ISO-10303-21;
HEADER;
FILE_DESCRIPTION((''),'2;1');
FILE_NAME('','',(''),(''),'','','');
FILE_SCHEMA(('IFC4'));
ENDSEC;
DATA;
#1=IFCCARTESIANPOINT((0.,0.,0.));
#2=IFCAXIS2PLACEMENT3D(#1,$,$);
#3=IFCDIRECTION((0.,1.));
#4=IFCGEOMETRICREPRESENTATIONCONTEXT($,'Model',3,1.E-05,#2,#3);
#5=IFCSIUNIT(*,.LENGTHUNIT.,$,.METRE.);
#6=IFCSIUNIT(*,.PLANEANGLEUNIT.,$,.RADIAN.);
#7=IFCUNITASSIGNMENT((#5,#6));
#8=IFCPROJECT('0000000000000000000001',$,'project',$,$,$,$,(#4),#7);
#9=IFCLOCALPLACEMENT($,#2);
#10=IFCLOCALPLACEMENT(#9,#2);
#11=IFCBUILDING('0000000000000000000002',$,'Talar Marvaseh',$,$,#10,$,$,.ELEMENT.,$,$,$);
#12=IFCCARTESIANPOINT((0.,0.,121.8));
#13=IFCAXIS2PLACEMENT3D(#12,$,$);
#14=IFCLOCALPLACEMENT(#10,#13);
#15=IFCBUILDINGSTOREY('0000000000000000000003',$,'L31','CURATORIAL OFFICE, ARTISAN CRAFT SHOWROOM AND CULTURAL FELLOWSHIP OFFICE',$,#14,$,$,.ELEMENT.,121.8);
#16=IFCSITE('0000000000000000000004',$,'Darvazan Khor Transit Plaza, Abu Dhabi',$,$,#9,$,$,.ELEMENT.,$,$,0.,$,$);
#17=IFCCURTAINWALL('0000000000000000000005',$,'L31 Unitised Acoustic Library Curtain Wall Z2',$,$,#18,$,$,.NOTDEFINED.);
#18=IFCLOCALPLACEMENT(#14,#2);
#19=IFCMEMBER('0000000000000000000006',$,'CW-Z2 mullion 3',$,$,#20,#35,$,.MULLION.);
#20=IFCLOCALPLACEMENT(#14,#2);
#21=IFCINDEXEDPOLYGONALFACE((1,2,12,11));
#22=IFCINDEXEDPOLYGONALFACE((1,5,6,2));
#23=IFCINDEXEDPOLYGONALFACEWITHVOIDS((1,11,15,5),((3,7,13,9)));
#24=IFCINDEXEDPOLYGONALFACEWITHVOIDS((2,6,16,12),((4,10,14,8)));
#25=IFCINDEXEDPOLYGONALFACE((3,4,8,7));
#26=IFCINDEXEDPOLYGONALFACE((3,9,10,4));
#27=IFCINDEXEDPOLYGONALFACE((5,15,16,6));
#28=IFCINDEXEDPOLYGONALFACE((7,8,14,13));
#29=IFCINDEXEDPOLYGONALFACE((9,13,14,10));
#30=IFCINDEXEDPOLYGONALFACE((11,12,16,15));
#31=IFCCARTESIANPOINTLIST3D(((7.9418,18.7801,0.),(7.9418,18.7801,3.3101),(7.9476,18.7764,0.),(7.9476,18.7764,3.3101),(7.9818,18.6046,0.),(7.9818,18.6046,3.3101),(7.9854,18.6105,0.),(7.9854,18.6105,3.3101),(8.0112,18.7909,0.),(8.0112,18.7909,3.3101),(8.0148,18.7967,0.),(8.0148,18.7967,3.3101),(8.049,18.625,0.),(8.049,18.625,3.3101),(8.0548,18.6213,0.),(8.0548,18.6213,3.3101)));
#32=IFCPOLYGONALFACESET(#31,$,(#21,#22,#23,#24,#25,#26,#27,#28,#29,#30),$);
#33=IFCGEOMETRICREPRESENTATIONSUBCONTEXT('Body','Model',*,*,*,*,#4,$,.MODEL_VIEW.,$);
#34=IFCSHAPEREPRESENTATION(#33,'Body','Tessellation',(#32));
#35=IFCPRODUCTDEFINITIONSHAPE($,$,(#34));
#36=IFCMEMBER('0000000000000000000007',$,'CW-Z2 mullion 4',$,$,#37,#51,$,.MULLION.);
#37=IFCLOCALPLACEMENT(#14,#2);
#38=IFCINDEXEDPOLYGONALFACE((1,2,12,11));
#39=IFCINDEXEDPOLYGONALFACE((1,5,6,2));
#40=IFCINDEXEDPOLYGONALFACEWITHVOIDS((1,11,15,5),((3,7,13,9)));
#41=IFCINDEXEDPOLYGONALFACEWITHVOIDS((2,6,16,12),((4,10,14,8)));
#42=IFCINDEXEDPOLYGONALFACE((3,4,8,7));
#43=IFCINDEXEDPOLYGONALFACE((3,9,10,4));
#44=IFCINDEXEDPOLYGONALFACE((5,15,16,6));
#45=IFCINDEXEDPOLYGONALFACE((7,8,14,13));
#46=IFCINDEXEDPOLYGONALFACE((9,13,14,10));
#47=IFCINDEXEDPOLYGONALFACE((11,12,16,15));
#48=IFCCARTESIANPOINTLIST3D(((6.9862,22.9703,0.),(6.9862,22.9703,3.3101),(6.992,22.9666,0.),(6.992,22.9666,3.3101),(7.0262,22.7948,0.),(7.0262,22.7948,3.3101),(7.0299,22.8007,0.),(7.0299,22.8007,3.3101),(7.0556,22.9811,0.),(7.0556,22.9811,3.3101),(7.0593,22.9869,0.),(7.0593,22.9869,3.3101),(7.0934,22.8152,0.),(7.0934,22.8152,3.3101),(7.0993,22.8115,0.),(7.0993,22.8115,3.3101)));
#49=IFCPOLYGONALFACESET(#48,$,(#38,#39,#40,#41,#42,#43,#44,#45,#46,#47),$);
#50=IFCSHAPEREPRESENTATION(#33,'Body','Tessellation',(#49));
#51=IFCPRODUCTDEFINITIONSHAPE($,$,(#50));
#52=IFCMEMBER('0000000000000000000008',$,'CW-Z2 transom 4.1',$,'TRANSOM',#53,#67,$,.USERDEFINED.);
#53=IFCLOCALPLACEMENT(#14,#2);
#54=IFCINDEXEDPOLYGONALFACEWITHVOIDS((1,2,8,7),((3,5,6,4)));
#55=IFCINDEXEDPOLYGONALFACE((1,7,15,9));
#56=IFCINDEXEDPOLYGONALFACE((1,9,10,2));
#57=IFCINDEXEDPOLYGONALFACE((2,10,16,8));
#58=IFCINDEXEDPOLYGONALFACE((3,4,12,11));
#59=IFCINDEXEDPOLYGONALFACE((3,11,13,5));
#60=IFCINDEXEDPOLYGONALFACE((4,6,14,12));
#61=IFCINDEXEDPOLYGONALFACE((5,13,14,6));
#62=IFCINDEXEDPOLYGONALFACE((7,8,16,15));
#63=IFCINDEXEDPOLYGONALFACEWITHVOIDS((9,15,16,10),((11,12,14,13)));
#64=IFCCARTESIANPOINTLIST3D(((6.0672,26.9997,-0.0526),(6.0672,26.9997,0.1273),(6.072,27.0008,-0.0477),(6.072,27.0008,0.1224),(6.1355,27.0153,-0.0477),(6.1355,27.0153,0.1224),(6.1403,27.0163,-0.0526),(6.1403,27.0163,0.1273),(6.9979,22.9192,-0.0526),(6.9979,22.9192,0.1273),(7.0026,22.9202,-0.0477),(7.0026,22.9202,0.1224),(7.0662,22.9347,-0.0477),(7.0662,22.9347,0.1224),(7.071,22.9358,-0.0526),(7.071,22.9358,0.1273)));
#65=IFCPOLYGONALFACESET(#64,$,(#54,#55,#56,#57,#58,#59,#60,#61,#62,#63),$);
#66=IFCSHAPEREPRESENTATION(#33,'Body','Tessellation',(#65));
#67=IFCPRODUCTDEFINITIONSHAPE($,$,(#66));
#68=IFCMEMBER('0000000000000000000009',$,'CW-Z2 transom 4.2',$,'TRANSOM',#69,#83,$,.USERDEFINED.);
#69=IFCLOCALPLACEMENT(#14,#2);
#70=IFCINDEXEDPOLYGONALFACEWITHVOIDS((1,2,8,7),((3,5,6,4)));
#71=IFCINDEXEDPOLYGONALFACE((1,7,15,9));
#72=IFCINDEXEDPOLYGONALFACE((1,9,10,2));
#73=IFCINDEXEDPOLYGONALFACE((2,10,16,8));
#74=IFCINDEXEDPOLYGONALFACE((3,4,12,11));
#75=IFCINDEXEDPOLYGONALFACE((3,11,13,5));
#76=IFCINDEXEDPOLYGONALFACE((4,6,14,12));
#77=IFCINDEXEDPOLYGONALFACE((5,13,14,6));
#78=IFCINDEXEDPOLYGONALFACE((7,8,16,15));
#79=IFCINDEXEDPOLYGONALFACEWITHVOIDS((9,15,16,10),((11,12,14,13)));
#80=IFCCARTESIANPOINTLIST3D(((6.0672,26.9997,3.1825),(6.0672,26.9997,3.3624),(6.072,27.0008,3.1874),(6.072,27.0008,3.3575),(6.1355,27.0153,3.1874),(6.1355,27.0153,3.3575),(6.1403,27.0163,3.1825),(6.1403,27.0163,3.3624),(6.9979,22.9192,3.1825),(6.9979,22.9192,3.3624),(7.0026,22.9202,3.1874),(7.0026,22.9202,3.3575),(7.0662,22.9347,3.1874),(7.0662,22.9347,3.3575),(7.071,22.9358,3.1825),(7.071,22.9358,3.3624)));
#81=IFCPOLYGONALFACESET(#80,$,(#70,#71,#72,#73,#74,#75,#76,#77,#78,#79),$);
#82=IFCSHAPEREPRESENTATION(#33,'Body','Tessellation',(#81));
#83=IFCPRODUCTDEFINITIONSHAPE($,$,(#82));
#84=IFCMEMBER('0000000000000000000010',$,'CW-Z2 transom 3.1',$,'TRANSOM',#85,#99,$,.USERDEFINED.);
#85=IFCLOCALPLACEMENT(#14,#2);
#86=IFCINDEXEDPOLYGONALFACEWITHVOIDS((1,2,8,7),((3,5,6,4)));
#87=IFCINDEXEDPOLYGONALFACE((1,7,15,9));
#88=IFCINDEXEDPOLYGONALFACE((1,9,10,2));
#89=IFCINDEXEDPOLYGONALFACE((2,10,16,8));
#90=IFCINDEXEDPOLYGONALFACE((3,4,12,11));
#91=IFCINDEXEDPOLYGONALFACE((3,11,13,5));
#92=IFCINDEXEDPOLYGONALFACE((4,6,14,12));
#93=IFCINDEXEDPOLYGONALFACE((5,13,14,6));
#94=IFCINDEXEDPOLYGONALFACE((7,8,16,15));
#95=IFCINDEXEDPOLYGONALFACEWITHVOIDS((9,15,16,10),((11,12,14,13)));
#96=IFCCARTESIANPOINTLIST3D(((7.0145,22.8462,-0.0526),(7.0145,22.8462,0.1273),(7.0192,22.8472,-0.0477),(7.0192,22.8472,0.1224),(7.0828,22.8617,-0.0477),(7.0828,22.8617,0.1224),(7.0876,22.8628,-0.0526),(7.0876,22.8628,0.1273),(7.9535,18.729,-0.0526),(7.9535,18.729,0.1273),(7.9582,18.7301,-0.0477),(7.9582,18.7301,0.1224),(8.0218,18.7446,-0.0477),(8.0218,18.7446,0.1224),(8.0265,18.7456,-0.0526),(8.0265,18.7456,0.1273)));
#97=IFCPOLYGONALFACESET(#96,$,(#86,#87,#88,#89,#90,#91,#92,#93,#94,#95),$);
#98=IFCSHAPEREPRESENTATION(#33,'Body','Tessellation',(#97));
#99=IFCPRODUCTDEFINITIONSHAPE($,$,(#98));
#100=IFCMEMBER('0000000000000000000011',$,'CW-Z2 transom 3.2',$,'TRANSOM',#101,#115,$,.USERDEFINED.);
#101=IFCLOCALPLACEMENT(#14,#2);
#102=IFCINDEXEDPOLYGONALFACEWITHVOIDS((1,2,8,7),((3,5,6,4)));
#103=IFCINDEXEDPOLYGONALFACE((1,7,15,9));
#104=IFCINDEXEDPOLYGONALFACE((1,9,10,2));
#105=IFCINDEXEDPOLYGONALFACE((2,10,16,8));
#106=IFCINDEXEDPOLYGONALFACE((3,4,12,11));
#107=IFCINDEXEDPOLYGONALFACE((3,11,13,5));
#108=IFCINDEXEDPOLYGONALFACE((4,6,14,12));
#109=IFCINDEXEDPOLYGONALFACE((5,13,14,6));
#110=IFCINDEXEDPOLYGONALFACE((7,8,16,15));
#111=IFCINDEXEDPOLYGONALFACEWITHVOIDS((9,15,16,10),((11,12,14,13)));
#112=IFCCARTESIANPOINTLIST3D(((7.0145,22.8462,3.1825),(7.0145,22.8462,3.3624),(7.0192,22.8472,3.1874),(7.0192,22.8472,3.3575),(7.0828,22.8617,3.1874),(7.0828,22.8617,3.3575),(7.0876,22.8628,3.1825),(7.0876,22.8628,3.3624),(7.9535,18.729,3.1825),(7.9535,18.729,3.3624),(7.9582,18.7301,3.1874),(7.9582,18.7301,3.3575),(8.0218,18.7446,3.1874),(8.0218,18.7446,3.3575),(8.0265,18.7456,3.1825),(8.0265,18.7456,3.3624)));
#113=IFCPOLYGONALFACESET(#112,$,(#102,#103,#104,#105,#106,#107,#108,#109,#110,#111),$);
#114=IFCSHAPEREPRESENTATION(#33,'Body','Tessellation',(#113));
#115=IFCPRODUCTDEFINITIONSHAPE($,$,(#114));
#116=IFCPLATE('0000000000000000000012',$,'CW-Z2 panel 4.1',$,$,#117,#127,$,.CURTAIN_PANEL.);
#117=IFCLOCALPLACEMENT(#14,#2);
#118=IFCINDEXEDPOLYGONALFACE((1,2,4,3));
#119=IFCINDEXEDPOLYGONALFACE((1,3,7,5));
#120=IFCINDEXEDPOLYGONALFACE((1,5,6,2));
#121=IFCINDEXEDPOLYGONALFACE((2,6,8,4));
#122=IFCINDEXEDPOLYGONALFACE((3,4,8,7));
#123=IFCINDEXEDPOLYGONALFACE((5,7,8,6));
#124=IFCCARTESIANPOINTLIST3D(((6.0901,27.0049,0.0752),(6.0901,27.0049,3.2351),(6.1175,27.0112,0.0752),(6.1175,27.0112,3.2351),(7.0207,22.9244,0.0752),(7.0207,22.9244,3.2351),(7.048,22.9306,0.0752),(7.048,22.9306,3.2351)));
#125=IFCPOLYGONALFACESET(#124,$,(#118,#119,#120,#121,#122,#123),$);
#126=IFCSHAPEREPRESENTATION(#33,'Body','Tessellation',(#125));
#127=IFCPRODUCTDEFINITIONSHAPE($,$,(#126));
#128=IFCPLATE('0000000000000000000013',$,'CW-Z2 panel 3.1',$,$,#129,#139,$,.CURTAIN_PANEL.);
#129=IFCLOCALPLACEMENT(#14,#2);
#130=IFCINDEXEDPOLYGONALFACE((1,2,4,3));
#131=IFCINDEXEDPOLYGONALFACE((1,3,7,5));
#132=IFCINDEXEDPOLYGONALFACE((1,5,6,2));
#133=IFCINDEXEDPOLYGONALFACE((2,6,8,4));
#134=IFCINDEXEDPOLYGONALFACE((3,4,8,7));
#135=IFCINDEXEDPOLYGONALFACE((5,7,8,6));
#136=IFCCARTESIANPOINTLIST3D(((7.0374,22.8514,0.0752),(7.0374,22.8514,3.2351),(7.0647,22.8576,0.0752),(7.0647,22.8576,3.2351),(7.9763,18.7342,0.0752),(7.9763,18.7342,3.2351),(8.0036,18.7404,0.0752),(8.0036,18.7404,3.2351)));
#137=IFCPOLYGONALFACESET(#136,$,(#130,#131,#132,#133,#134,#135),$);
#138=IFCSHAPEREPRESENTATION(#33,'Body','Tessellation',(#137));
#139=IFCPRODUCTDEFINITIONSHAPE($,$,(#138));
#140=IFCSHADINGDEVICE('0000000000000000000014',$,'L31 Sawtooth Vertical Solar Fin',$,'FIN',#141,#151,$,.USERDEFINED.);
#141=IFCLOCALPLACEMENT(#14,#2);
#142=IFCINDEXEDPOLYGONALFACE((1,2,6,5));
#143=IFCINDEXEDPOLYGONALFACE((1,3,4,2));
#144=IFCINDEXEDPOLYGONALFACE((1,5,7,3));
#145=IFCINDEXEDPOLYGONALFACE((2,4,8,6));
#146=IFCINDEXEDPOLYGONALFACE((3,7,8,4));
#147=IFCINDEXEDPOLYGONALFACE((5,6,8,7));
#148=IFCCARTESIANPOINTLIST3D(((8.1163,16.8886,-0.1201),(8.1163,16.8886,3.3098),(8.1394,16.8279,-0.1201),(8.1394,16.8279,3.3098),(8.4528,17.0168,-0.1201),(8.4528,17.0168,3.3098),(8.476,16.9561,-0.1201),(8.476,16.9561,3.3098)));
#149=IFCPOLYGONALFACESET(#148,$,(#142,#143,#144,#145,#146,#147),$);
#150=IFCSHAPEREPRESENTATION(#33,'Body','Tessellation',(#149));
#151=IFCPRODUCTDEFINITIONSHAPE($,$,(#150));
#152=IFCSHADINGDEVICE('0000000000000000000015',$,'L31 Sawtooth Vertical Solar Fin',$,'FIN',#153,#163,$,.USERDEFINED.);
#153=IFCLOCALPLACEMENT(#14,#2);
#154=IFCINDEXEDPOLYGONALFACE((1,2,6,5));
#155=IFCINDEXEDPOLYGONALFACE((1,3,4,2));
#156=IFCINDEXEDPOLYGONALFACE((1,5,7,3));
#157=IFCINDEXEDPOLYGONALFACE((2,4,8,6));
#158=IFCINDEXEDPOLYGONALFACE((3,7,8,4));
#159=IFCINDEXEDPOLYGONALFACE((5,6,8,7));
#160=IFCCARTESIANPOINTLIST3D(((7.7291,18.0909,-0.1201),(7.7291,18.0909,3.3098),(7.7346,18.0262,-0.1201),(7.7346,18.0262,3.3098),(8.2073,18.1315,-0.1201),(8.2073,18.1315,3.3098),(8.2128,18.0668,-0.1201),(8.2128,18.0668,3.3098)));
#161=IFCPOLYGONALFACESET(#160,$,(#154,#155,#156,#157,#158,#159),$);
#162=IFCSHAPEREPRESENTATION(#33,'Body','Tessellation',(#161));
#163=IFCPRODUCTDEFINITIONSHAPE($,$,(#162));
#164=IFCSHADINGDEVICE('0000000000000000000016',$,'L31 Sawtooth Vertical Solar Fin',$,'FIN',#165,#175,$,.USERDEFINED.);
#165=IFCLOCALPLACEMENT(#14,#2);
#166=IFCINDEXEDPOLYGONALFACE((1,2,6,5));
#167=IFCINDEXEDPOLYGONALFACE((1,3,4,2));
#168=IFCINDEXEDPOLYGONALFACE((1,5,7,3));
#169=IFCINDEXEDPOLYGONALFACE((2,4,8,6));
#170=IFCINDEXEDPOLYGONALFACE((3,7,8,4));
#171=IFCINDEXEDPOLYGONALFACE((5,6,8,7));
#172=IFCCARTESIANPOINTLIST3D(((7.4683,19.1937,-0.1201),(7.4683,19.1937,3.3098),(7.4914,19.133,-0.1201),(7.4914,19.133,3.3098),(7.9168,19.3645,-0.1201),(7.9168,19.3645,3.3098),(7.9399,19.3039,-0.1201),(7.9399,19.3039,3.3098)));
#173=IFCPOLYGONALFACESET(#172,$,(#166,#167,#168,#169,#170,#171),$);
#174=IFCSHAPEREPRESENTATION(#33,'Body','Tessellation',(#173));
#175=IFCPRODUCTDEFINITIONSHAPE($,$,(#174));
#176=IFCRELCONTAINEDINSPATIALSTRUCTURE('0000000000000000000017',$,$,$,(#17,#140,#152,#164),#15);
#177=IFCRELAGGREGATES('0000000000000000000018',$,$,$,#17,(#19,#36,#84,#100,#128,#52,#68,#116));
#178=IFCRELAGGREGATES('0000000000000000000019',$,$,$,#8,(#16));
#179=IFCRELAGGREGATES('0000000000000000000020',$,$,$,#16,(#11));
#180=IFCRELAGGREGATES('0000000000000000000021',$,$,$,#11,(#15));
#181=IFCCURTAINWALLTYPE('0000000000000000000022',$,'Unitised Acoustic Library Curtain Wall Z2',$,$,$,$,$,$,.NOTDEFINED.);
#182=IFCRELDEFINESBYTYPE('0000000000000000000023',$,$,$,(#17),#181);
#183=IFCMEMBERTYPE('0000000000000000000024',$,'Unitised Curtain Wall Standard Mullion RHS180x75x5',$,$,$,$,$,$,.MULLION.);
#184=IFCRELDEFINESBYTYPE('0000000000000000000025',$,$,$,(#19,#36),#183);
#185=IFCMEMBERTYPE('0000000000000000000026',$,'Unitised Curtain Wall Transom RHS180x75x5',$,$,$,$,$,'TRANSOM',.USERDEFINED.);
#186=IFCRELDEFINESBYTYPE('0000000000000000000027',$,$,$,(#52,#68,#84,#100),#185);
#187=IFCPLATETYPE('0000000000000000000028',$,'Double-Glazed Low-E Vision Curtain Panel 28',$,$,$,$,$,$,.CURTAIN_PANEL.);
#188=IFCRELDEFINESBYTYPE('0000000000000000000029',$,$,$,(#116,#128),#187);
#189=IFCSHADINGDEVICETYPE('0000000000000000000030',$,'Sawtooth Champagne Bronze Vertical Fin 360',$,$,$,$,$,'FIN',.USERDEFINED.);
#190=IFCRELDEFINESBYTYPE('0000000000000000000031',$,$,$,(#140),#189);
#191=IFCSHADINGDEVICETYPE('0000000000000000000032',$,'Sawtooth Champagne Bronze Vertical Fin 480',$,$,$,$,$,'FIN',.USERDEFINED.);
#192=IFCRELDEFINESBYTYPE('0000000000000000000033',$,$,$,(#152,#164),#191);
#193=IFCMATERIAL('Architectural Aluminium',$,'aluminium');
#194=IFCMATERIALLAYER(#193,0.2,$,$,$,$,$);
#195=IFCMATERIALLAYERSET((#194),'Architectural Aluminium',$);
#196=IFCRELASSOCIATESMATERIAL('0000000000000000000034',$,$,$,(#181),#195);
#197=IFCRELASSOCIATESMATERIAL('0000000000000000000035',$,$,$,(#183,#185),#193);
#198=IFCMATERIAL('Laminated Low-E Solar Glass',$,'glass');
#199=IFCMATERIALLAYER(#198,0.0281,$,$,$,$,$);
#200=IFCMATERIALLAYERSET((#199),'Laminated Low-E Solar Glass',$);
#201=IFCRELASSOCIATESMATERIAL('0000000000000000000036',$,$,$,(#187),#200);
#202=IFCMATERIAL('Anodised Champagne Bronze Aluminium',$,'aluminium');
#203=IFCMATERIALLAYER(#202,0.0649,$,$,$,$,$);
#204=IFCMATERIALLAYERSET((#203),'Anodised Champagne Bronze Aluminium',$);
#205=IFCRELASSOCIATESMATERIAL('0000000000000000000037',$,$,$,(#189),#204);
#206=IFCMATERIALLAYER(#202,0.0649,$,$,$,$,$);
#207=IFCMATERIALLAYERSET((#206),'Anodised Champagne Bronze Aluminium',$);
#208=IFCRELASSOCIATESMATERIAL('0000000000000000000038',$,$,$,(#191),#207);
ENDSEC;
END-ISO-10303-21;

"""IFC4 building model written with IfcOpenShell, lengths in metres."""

from ifc_helpers import new_model, si_unit, direction, frame, origin, origin_2d, place, context, subcontext, project, spatial, rectangle, hollow_rectangle, extrude, source, transform, mapped, material, layer, layer_set, material_profile, profile_set, type_object, type_shapes, element, aggregate, save


model = new_model("IFC4")

# Units and contexts
model_context = context("Model", 3, precision=1e-05, world=origin(), true_north=direction((0.0, 1.0)))
body_context = subcontext(model_context, "Body", "Model", "MODEL_VIEW")
ifc_project = project(units=[si_unit("LENGTHUNIT", "METRE"), si_unit("PLANEANGLEUNIT", "RADIAN")], contexts=[model_context])

# Site, building, storey
site_placement = place(None, origin())
site = spatial("IfcSite", under=ifc_project, at=site_placement, Name="Darvazan Khor Transit Plaza, Abu Dhabi", CompositionType="ELEMENT", RefElevation=0.0)
building_placement = place(site_placement, origin())
building = spatial("IfcBuilding", under=site, at=building_placement, Name="Talar Marvaseh", CompositionType="ELEMENT")
storey_placement = place(building_placement, frame((0.0, 0.0, 121.8)))
storey = spatial("IfcBuildingStorey", under=building, at=storey_placement, Name="L31", Description="CURATORIAL OFFICE, ARTISAN CRAFT SHOWROOM AND CULTURAL FELLOWSHIP OFFICE", CompositionType="ELEMENT", Elevation=121.8)

# Curtain wall, members, plates
ifc_material_1 = material(Name="Architectural Aluminium", Category="aluminium")
ifc_layer_1 = layer(ifc_material_1, 0.2)
ifc_layer_set_1 = layer_set([ifc_layer_1], Name="Architectural Aluminium")
curtain_wall_type = type_object("IfcCurtainWallType", Name="Unitised Acoustic Library Curtain Wall Z2", PredefinedType="NOTDEFINED", material=ifc_layer_set_1)
curtain_wall_placement = place(storey_placement, origin())
curtain_wall = element("IfcCurtainWall", 1, at=curtain_wall_placement, inside=storey, type_object=curtain_wall_type, Name="L31 Unitised Acoustic Library Curtain Wall Z2", PredefinedType="NOTDEFINED")
ifc_material_profile_1 = material_profile(ifc_material_1, hollow_rectangle(XDim=0.075, YDim=0.1799, WallThickness=0.0049, at=origin_2d()), Name="RHS180x75x5")
ifc_profile_set_1 = profile_set([ifc_material_profile_1], Name="Architectural Aluminium")
member_type_1 = type_object("IfcMemberType", Name="Unitised Curtain Wall Standard Mullion RHS180x75x5", PredefinedType="MULLION", material=ifc_profile_set_1)
shared_shape_1 = source(origin(), body_context, "Body", "SweptSolid", [
    extrude(hollow_rectangle(XDim=0.075, YDim=0.1799, WallThickness=0.0049, at=origin_2d()), origin(), (0.0, 0.0, 1.0), 3.3101),
])
type_shapes(member_type_1, [shared_shape_1])
member_1_placement = place(storey_placement, frame((7.9983, 18.7007, 0.0), z_axis=(0.0, 0.0, 1.0), x_axis=(-0.97497, -0.222335, 0.0)))
member_1 = element("IfcMember", 2, at=member_1_placement, type_object=member_type_1, Name="CW-Z2 mullion 3", PredefinedType="MULLION", context=body_context, shape_type="MappedRepresentation", body=[
    mapped(shared_shape_1, transform((0.0, 0.0, 0.0), x_axis=(1.0, 0.0, 0.0), y_axis=(0.0, 1.0, 0.0), z_axis=(0.0, 0.0, 1.0), scale=1.0)),
])
member_2_placement = place(storey_placement, frame((7.0427, 22.8909, 0.0), z_axis=(0.0, 0.0, 1.0), x_axis=(-0.97497, -0.222335, 0.0)))
member_2 = element("IfcMember", 3, at=member_2_placement, type_object=member_type_1, Name="CW-Z2 mullion 4", PredefinedType="MULLION", context=body_context, shape_type="MappedRepresentation", body=[
    mapped(shared_shape_1, transform((0.0, 0.0, 0.0), x_axis=(1.0, 0.0, 0.0), y_axis=(0.0, 1.0, 0.0), z_axis=(0.0, 0.0, 1.0), scale=1.0)),
])
ifc_material_profile_2 = material_profile(ifc_material_1, hollow_rectangle(XDim=0.075, YDim=0.1799, WallThickness=0.0049, at=origin_2d()), Name="RHS180x75x5")
ifc_profile_set_2 = profile_set([ifc_material_profile_2], Name="Architectural Aluminium")
member_type_2 = type_object("IfcMemberType", Name="Unitised Curtain Wall Transom RHS180x75x5", ElementType="TRANSOM", PredefinedType="USERDEFINED", material=ifc_profile_set_2)
shared_shape_2 = source(origin(), body_context, "Body", "SweptSolid", [
    extrude(hollow_rectangle(XDim=0.075, YDim=0.1799, WallThickness=0.0049, at=origin_2d()), origin(), (0.0, 0.0, 1.0), 4.1853),
])
member_3_placement = place(storey_placement, frame((7.0344, 22.9275, 0.0374), z_axis=(-0.222362, 0.974964, 0.0), x_axis=(-0.974964, -0.222362, 0.0)))
member_3 = element("IfcMember", 4, at=member_3_placement, type_object=member_type_2, Name="CW-Z2 transom 4.1", ObjectType="TRANSOM", PredefinedType="USERDEFINED", context=body_context, shape_type="MappedRepresentation", body=[
    mapped(shared_shape_2, transform((0.0, 0.0, 0.0), x_axis=(1.0, 0.0, 0.0), y_axis=(0.0, 1.0, 0.0), z_axis=(0.0, 0.0, 1.0), scale=1.0)),
])
member_4_placement = place(storey_placement, frame((7.0344, 22.9275, 3.2725), z_axis=(-0.222362, 0.974964, 0.0), x_axis=(-0.974964, -0.222362, 0.0)))
member_4 = element("IfcMember", 5, at=member_4_placement, type_object=member_type_2, Name="CW-Z2 transom 4.2", ObjectType="TRANSOM", PredefinedType="USERDEFINED", context=body_context, shape_type="MappedRepresentation", body=[
    mapped(shared_shape_2, transform((0.0, 0.0, 0.0), x_axis=(1.0, 0.0, 0.0), y_axis=(0.0, 1.0, 0.0), z_axis=(0.0, 0.0, 1.0), scale=1.0)),
])
shared_shape_3 = source(origin(), body_context, "Body", "SweptSolid", [
    extrude(hollow_rectangle(XDim=0.075, YDim=0.1799, WallThickness=0.0049, at=origin_2d()), origin(), (0.0, 0.0, 1.0), 4.2229),
])
type_shapes(member_type_2, [shared_shape_2, shared_shape_3])
member_5_placement = place(storey_placement, frame((7.99, 18.7373, 0.0374), z_axis=(-0.222351, 0.974967, 0.0), x_axis=(-0.974967, -0.222351, 0.0)))
member_5 = element("IfcMember", 6, at=member_5_placement, type_object=member_type_2, Name="CW-Z2 transom 3.1", ObjectType="TRANSOM", PredefinedType="USERDEFINED", context=body_context, shape_type="MappedRepresentation", body=[
    mapped(shared_shape_3, transform((0.0, 0.0, 0.0), x_axis=(1.0, 0.0, 0.0), y_axis=(0.0, 1.0, 0.0), z_axis=(0.0, 0.0, 1.0), scale=1.0)),
])
member_6_placement = place(storey_placement, frame((7.99, 18.7373, 3.2725), z_axis=(-0.222351, 0.974967, 0.0), x_axis=(-0.974967, -0.222351, 0.0)))
member_6 = element("IfcMember", 7, at=member_6_placement, type_object=member_type_2, Name="CW-Z2 transom 3.2", ObjectType="TRANSOM", PredefinedType="USERDEFINED", context=body_context, shape_type="MappedRepresentation", body=[
    mapped(shared_shape_3, transform((0.0, 0.0, 0.0), x_axis=(1.0, 0.0, 0.0), y_axis=(0.0, 1.0, 0.0), z_axis=(0.0, 0.0, 1.0), scale=1.0)),
])
ifc_material_2 = material(Name="Laminated Low-E Solar Glass", Category="glass")
ifc_layer_2 = layer(ifc_material_2, 0.0281)
ifc_layer_set_2 = layer_set([ifc_layer_2], Name="Laminated Low-E Solar Glass")
plate_type = type_object("IfcPlateType", Name="Double-Glazed Low-E Vision Curtain Panel 28", PredefinedType="CURTAIN_PANEL", material=ifc_layer_set_2)
shared_shape_4 = source(origin(), body_context, "Body", "SweptSolid", [
    extrude(rectangle(XDim=4.1853, YDim=0.0281, at=origin_2d()), origin(), (0.0, 0.0, 1.0), 3.1599),
])
plate_1_placement = place(storey_placement, frame((6.5691, 24.9678, 0.0752), z_axis=(0.0, 0.0, 1.0), x_axis=(-0.222335, 0.97497, 0.0)))
plate_1 = element("IfcPlate", 8, at=plate_1_placement, type_object=plate_type, Name="CW-Z2 panel 4.1", PredefinedType="CURTAIN_PANEL", context=body_context, shape_type="MappedRepresentation", body=[
    mapped(shared_shape_4, transform((0.0, 0.0, 0.0), x_axis=(1.0, 0.0, 0.0), y_axis=(0.0, 1.0, 0.0), z_axis=(0.0, 0.0, 1.0), scale=1.0)),
])
shared_shape_5 = source(origin(), body_context, "Body", "SweptSolid", [
    extrude(rectangle(XDim=4.2229, YDim=0.0281, at=origin_2d()), origin(), (0.0, 0.0, 1.0), 3.1599),
])
type_shapes(plate_type, [shared_shape_4, shared_shape_5])
plate_2_placement = place(storey_placement, frame((7.5205, 20.7959, 0.0752), z_axis=(0.0, 0.0, 1.0), x_axis=(-0.222335, 0.97497, 0.0)))
plate_2 = element("IfcPlate", 9, at=plate_2_placement, type_object=plate_type, Name="CW-Z2 panel 3.1", PredefinedType="CURTAIN_PANEL", context=body_context, shape_type="MappedRepresentation", body=[
    mapped(shared_shape_5, transform((0.0, 0.0, 0.0), x_axis=(1.0, 0.0, 0.0), y_axis=(0.0, 1.0, 0.0), z_axis=(0.0, 0.0, 1.0), scale=1.0)),
])
aggregate(curtain_wall, [member_1, member_2, member_5, member_6, plate_2, member_3, member_4, plate_1])

# Shading devices
ifc_material_3 = material(Name="Anodised Champagne Bronze Aluminium", Category="aluminium")
ifc_layer_3 = layer(ifc_material_3, 0.0649)
ifc_layer_set_3 = layer_set([ifc_layer_3], Name="Anodised Champagne Bronze Aluminium")
shading_device_type_1 = type_object("IfcShadingDeviceType", Name="Sawtooth Champagne Bronze Vertical Fin 360", ElementType="FIN", PredefinedType="USERDEFINED", material=ifc_layer_set_3)
shared_shape_6 = source(origin(), body_context, "Body", "SweptSolid", [
    extrude(rectangle(XDim=0.3601, YDim=0.0649, at=origin_2d()), origin(), (0.0, 0.0, 1.0), 3.4299),
])
type_shapes(shading_device_type_1, [shared_shape_6])
shading_device_placement = place(storey_placement, frame((8.2961, 16.9224, -0.1201), z_axis=(0.0, 0.0, 1.0), x_axis=(-0.934515, -0.355923, 0.0)))
element("IfcShadingDevice", 10, at=shading_device_placement, inside=storey, type_object=shading_device_type_1, Name="L31 Sawtooth Vertical Solar Fin", ObjectType="FIN", PredefinedType="USERDEFINED", context=body_context, shape_type="MappedRepresentation", body=[
    mapped(shared_shape_6, transform((0.0, 0.0, 0.0), x_axis=(1.0, 0.0, 0.0), y_axis=(0.0, 1.0, 0.0), z_axis=(0.0, 0.0, 1.0), scale=1.0)),
])
ifc_layer_4 = layer(ifc_material_3, 0.0649)
ifc_layer_set_4 = layer_set([ifc_layer_4], Name="Anodised Champagne Bronze Aluminium")
shading_device_type_2 = type_object("IfcShadingDeviceType", Name="Sawtooth Champagne Bronze Vertical Fin 480", ElementType="FIN", PredefinedType="USERDEFINED", material=ifc_layer_set_4)
shared_shape_7 = source(origin(), body_context, "Body", "SweptSolid", [
    extrude(rectangle(XDim=0.48, YDim=0.0649, at=origin_2d()), origin(), (0.0, 0.0, 1.0), 3.4299),
])
type_shapes(shading_device_type_2, [shared_shape_7])
for number, where, z_axis, x_axis, name in (
    (11, (7.9709, 18.0789, -0.1201), (0.0, 0.0, 1.0), (-0.996419, -0.084547, 0.0), "L31 Sawtooth Vertical Solar Fin"),
    (12, (7.7041, 19.2488, -0.1201), (0.0, 0.0, 1.0), (-0.934515, -0.355923, 0.0), "L31 Sawtooth Vertical Solar Fin"),
):
    element("IfcShadingDevice", number, at=place(storey_placement, frame(where, z_axis=z_axis, x_axis=x_axis)), inside=storey, type_object=shading_device_type_2, Name=name, ObjectType="FIN", PredefinedType="USERDEFINED", context=body_context, shape_type="MappedRepresentation", body=[
        mapped(shared_shape_7, transform((0.0, 0.0, 0.0), x_axis=(1.0, 0.0, 0.0), y_axis=(0.0, 1.0, 0.0), z_axis=(0.0, 0.0, 1.0), scale=1.0)),
    ])

save(model, "model.ifc")
